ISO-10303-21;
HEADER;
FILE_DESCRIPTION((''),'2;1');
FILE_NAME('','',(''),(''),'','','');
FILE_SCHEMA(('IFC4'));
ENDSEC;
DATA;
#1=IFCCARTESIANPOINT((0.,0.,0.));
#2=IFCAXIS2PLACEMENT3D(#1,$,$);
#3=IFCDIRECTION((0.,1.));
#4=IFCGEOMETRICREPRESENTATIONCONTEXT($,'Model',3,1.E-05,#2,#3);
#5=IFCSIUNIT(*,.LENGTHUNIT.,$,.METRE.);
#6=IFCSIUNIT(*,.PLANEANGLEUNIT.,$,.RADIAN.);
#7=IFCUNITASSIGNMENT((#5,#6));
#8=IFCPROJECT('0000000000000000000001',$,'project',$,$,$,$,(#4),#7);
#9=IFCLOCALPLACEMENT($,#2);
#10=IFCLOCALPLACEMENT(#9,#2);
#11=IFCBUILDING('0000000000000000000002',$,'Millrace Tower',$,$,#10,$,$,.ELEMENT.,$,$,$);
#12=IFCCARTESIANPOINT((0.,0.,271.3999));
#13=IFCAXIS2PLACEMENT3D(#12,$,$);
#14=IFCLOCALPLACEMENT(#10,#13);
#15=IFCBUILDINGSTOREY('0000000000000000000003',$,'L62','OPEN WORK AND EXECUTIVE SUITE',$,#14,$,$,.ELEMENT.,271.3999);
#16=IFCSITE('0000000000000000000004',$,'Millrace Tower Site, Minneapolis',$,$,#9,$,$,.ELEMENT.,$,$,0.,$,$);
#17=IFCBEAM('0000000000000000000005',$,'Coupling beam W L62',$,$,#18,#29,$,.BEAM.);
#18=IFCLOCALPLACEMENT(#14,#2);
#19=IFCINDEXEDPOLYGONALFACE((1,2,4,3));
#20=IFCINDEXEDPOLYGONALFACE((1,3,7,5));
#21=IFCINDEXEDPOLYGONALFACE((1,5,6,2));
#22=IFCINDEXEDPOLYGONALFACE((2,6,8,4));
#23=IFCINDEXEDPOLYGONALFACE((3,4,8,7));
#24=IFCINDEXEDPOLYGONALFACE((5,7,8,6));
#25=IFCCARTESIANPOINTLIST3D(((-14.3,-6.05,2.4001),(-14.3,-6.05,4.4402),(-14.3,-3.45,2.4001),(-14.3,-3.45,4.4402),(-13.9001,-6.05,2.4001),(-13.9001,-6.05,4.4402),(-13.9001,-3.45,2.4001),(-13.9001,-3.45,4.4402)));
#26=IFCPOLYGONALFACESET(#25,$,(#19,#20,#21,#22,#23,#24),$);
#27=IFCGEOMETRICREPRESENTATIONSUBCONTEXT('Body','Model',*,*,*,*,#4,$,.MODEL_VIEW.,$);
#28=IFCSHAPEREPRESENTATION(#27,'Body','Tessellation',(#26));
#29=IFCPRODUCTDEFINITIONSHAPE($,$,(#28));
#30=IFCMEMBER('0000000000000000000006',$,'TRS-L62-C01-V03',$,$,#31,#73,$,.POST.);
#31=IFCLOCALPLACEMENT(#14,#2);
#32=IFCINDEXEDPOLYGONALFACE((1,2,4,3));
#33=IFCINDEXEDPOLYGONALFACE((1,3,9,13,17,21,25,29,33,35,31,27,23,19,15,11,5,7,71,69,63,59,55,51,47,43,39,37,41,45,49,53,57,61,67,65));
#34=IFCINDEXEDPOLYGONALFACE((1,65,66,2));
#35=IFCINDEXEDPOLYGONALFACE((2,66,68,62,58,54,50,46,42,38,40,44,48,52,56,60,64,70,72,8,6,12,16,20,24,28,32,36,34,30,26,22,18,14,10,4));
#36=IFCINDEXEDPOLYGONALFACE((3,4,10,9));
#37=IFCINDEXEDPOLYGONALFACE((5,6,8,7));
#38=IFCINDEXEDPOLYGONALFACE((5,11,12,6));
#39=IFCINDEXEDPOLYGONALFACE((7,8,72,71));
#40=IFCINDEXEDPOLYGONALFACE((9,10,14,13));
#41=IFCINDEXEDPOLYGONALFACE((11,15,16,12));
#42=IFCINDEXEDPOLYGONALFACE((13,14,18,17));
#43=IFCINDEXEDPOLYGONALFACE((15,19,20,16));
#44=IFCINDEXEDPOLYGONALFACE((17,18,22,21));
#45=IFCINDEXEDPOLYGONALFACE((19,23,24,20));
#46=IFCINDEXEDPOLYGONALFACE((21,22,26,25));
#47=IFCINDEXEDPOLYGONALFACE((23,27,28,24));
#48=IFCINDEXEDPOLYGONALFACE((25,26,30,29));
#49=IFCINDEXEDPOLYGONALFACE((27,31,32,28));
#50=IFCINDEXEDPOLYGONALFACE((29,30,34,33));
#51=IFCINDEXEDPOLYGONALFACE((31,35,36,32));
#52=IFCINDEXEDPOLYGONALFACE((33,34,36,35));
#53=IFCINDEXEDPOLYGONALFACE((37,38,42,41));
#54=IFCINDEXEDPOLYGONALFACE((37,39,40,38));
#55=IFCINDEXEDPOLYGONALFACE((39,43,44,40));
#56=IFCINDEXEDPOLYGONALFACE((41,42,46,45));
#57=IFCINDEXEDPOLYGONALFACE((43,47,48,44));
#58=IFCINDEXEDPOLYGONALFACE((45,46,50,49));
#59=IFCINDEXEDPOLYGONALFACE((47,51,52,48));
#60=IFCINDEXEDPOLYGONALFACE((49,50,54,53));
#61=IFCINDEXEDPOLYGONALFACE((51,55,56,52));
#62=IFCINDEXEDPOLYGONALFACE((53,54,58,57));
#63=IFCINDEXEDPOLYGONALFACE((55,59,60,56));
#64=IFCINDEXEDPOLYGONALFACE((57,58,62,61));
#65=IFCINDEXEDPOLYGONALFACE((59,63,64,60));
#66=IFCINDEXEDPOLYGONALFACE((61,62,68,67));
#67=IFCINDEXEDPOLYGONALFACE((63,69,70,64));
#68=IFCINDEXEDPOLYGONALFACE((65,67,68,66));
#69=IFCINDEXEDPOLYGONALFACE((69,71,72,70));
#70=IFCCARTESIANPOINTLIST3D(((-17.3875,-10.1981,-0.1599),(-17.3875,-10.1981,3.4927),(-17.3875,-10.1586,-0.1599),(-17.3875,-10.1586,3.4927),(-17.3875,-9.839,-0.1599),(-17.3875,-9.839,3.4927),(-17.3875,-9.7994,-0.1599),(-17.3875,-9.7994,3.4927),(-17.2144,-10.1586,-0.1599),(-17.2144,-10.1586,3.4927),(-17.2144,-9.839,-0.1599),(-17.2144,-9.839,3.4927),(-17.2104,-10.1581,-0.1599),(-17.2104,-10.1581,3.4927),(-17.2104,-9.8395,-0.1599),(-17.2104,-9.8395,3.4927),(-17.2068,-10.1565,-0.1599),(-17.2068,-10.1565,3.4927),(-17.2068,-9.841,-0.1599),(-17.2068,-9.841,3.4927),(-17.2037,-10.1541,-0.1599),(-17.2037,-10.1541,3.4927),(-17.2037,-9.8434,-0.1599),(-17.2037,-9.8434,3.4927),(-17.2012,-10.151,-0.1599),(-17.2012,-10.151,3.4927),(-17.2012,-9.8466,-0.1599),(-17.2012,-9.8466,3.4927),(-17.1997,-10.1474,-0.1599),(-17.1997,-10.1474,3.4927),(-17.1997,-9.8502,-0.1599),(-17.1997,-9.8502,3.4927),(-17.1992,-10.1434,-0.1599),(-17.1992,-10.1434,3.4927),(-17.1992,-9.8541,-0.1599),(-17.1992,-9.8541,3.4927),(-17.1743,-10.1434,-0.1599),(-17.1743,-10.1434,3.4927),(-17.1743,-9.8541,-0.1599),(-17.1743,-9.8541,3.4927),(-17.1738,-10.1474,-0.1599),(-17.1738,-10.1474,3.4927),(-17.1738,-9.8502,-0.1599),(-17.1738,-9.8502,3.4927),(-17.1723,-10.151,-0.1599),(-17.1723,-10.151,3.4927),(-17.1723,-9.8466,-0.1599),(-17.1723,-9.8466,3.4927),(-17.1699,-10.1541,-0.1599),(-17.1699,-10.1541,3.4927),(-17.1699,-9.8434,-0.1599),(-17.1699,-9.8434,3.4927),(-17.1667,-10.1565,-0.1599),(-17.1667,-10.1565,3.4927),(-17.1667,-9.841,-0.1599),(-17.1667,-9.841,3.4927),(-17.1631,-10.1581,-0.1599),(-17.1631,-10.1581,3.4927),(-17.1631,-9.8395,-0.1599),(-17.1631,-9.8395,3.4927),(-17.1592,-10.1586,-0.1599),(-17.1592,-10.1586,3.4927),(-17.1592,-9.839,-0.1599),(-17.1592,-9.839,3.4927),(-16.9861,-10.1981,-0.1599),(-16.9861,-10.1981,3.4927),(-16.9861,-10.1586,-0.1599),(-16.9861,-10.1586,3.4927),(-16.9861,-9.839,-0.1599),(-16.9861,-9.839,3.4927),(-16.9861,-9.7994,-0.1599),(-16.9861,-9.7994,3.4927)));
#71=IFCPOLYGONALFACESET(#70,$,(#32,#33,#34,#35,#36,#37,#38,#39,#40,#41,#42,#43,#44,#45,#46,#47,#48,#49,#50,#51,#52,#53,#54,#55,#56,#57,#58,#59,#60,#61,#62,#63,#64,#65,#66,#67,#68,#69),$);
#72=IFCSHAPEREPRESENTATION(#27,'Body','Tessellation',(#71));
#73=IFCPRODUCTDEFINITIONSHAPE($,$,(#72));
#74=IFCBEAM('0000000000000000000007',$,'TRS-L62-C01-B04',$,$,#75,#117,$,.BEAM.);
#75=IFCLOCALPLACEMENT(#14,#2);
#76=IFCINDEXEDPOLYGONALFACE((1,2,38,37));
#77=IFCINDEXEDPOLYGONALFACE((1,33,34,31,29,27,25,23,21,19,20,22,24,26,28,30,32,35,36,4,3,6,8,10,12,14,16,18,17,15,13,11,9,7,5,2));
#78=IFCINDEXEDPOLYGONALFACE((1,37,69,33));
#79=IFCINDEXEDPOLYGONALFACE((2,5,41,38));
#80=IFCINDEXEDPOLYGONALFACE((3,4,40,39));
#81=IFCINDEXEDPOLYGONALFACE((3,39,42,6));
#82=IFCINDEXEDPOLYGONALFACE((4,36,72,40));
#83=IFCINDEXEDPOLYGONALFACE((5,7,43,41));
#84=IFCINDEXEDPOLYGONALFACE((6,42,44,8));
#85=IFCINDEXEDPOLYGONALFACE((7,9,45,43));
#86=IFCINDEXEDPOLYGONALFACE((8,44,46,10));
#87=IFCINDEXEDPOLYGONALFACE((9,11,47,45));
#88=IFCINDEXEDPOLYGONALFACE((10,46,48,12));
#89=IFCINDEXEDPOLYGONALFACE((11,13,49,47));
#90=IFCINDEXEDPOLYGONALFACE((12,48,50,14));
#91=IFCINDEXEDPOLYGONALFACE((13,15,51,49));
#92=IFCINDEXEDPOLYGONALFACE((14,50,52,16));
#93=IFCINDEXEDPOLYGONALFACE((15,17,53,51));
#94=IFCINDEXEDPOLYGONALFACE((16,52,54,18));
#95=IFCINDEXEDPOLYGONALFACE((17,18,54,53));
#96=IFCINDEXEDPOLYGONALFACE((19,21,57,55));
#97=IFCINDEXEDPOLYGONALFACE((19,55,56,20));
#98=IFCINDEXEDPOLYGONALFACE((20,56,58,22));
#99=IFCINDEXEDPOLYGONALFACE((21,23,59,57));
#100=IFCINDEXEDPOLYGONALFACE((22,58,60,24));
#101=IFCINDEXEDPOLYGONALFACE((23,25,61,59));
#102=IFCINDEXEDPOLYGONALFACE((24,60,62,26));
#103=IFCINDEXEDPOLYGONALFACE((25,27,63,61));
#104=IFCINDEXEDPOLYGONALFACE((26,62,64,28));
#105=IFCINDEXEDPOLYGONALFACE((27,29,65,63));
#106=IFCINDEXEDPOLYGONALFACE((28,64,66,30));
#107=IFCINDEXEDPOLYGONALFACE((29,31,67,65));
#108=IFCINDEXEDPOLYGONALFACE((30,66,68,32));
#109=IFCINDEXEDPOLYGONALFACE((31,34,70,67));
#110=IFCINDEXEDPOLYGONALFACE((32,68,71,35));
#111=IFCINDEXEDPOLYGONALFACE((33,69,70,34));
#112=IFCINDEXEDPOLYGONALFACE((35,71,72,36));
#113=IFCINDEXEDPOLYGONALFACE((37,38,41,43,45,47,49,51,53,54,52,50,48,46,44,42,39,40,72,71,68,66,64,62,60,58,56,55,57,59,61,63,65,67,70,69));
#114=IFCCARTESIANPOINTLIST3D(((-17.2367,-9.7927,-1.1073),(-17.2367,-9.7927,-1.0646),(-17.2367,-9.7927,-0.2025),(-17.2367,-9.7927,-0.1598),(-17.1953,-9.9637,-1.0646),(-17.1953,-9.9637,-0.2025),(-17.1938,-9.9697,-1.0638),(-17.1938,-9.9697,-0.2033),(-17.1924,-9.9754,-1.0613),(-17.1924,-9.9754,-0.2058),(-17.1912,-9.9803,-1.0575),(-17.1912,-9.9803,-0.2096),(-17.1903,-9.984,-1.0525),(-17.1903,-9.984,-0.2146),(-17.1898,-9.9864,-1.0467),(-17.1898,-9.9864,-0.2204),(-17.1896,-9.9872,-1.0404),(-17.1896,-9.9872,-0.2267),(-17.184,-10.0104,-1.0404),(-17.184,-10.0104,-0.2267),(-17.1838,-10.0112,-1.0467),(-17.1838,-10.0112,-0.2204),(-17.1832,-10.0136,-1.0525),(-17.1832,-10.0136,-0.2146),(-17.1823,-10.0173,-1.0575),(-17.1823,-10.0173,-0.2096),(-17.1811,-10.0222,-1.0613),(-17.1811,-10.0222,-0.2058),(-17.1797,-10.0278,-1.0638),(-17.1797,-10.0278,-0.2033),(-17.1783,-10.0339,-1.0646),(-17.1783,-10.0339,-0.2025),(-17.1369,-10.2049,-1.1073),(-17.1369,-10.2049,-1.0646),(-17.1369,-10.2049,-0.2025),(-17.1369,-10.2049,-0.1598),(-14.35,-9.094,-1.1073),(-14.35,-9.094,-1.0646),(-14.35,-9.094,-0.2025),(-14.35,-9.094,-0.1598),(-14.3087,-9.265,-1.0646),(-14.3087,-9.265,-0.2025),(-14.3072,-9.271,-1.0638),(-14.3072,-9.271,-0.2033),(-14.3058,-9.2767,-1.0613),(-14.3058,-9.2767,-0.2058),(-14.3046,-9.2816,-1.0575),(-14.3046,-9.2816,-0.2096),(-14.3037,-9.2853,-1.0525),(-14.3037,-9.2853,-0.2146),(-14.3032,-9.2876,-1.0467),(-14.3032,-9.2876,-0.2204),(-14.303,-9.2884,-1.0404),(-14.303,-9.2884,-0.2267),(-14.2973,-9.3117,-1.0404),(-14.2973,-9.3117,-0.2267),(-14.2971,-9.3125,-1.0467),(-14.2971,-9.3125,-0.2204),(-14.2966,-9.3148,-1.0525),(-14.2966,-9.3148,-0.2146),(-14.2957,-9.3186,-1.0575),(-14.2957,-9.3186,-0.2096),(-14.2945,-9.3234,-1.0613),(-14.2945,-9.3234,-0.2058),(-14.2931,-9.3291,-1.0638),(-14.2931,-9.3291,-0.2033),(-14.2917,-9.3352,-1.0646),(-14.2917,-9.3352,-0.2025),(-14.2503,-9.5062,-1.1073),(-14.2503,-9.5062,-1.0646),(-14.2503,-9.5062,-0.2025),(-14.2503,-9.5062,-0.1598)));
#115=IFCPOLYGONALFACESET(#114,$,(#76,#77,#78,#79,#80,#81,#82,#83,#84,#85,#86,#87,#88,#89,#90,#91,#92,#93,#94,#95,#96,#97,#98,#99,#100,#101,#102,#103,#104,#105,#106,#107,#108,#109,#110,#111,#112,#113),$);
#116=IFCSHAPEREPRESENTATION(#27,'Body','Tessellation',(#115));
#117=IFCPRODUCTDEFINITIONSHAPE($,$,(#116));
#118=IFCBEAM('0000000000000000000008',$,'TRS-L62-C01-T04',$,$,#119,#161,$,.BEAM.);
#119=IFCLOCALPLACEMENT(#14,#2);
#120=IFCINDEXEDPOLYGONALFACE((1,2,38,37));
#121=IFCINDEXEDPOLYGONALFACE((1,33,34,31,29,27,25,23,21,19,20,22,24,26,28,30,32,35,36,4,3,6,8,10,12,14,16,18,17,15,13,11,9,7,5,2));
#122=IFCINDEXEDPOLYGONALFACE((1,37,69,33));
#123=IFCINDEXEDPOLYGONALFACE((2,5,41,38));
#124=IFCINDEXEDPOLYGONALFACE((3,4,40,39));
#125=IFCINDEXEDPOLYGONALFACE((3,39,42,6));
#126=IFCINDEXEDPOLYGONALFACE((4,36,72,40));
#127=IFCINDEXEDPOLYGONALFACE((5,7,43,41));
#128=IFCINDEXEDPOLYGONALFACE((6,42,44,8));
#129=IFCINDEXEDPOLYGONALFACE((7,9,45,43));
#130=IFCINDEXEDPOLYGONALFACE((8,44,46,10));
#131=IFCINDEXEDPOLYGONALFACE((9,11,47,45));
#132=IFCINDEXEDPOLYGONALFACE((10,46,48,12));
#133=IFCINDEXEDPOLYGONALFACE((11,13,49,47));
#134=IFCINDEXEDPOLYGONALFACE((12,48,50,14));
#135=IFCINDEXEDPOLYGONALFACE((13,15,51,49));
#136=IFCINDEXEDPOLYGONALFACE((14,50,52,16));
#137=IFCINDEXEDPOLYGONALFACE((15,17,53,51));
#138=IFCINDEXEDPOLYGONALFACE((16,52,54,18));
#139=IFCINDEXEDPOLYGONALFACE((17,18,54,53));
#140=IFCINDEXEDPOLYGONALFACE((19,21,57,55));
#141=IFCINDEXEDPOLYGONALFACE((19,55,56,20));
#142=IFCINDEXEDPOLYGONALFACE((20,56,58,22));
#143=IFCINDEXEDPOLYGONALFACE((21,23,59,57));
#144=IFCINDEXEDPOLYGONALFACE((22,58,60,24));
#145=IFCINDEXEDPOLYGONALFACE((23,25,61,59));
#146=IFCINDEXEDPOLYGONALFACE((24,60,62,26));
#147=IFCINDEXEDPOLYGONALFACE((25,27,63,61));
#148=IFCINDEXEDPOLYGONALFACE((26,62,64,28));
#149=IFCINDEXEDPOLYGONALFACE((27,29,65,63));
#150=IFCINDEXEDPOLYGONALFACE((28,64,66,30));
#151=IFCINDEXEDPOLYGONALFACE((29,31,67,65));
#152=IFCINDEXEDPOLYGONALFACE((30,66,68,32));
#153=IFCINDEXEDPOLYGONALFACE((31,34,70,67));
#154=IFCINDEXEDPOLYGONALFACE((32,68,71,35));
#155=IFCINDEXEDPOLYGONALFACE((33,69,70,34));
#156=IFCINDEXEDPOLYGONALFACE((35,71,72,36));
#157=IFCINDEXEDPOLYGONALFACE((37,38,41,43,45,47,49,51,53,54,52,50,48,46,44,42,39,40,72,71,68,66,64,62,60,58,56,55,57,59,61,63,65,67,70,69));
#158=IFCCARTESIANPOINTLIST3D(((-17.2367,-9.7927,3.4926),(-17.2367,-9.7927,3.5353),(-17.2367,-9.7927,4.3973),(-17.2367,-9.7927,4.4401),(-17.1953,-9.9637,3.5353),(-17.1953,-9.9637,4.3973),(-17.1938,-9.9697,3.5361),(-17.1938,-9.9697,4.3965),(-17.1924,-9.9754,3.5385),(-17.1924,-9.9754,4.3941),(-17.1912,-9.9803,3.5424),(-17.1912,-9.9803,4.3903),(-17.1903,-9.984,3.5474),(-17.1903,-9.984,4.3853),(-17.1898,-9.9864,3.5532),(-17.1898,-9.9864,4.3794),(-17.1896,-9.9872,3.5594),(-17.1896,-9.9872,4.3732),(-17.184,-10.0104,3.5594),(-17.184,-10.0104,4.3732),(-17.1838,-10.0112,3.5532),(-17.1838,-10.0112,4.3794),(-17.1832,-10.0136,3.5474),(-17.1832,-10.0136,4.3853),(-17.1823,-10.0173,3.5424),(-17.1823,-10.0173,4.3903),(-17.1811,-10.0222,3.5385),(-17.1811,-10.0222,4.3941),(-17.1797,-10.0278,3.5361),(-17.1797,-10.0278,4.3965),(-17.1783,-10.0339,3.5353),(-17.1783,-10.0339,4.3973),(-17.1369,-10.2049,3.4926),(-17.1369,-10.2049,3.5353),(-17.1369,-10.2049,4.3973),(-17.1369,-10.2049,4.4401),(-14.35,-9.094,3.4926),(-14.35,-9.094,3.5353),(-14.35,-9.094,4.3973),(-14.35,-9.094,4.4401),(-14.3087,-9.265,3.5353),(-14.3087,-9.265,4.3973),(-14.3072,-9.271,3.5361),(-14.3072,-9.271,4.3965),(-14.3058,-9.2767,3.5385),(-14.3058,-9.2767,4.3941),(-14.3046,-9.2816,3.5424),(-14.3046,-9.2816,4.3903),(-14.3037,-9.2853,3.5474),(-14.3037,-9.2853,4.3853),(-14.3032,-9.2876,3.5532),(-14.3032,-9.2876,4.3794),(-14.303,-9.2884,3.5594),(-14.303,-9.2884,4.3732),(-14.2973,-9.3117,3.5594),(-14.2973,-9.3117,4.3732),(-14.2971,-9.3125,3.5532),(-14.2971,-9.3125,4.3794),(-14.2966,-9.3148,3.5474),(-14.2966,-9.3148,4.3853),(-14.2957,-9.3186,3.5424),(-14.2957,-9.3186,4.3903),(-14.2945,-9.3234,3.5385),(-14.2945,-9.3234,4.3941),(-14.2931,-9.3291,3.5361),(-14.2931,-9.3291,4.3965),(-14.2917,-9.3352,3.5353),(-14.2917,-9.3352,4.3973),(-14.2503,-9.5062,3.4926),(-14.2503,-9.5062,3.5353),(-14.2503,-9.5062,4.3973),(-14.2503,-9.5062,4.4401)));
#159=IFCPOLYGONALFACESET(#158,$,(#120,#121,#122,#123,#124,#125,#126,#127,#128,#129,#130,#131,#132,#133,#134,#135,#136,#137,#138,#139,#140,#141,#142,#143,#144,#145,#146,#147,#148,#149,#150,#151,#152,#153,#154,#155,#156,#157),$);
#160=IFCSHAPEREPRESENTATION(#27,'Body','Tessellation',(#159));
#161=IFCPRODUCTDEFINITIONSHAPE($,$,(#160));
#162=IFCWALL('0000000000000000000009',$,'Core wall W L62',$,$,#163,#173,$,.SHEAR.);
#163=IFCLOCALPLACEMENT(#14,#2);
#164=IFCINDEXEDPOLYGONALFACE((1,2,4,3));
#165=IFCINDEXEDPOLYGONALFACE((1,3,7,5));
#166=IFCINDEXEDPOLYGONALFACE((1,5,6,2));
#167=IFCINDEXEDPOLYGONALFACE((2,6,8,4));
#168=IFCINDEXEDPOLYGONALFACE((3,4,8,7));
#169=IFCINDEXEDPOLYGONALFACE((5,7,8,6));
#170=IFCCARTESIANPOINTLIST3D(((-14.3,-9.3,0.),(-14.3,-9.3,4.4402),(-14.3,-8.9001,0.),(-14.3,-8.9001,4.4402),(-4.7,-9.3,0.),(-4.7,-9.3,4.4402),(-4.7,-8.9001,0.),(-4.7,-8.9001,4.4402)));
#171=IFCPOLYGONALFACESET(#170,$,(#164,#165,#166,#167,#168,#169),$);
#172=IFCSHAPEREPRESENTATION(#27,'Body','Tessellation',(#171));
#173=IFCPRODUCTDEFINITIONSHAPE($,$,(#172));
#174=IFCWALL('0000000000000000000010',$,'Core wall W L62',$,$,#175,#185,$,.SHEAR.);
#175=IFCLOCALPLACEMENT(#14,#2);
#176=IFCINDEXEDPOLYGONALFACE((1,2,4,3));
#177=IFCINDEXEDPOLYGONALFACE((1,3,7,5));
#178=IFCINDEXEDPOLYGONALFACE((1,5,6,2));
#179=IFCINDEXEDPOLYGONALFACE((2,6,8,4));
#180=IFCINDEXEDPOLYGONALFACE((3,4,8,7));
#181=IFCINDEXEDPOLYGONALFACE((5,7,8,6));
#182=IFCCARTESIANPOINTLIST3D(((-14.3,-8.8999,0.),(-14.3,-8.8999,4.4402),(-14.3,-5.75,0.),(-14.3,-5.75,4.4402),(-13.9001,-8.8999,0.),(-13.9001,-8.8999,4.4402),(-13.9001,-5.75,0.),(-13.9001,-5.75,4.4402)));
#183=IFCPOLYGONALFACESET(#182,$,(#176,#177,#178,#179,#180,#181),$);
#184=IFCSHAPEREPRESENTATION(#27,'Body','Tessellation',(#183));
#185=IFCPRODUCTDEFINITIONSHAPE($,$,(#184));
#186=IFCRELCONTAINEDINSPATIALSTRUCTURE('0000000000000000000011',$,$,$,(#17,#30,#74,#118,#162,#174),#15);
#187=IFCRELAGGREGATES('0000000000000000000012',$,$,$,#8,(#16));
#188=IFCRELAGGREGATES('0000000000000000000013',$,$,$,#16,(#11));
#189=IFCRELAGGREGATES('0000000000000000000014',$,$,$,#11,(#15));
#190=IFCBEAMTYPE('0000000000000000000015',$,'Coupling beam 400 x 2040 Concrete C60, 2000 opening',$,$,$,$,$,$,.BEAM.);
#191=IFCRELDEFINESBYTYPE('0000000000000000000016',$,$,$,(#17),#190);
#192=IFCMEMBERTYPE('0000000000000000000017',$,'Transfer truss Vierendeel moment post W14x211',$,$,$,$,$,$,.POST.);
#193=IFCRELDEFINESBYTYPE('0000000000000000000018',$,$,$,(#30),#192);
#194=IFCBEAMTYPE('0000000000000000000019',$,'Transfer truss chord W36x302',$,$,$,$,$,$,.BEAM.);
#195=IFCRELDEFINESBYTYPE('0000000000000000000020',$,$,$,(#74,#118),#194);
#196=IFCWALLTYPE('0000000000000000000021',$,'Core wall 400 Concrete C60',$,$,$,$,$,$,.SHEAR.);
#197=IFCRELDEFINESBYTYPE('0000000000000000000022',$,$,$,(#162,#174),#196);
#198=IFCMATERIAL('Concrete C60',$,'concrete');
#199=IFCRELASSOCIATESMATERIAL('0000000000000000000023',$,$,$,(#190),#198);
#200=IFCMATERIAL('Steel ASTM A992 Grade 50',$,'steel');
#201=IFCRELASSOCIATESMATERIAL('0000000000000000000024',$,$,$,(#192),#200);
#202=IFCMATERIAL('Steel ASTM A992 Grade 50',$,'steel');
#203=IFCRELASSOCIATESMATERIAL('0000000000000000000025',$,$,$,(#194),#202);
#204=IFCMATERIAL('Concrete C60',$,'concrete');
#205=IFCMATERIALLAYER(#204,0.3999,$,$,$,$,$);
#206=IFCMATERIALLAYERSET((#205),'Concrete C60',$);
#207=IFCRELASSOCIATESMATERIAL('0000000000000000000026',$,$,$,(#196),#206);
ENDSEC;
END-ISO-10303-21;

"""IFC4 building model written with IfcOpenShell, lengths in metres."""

from ifc_helpers import new_model, si_unit, direction, frame, frame_2d, origin, origin_2d, place, context, subcontext, project, spatial, rectangle, i_section, extrude, material, layer, layer_set, material_profile, profile_set, type_object, element, save


model = new_model("IFC4")

# Units and contexts
model_context = context("Model", 3, precision=1e-05, world=origin(), true_north=direction((0.0, 1.0)))
body_context = subcontext(model_context, "Body", "Model", "MODEL_VIEW")
ifc_project = project(units=[si_unit("LENGTHUNIT", "METRE"), si_unit("PLANEANGLEUNIT", "RADIAN")], contexts=[model_context])

# Site, building, storey
site_placement = place(None, origin())
site = spatial("IfcSite", under=ifc_project, at=site_placement, Name="Millrace Tower Site, Minneapolis", CompositionType="ELEMENT", RefElevation=0.0)
building_placement = place(site_placement, origin())
building = spatial("IfcBuilding", under=site, at=building_placement, Name="Millrace Tower", CompositionType="ELEMENT")
storey_placement = place(building_placement, frame((0.0, 0.0, 271.3999)))
storey = spatial("IfcBuildingStorey", under=building, at=storey_placement, Name="L62", Description="OPEN WORK AND EXECUTIVE SUITE", CompositionType="ELEMENT", Elevation=271.3999)

# Beam
ifc_material_1 = material(Name="Concrete C60", Category="concrete")
ifc_material_profile_1 = material_profile(ifc_material_1, rectangle(XDim=0.3999, YDim=2.04, at=origin_2d()))
ifc_profile_set_1 = profile_set([ifc_material_profile_1], Name="Concrete C60")
beam_type_1 = type_object("IfcBeamType", Name="Coupling beam 400 x 2040 Concrete C60, 2000 opening", PredefinedType="BEAM", material=ifc_profile_set_1)
beam_placement = place(storey_placement, frame((-14.1001, -6.05, 3.4202), z_axis=(0.0, 1.0, 0.0), x_axis=(-1.0, 0.0, 0.0)))
element("IfcBeam", 1, at=beam_placement, inside=storey, type_object=beam_type_1, Name="Coupling beam W L62", PredefinedType="BEAM", context=body_context, shape_type="SweptSolid", body=[
    extrude(rectangle(XDim=0.3999, YDim=2.04, at=origin_2d()), origin(), (0.0, 0.0, 1.0), 2.6001),
])

# Member
ifc_material_2 = material(Name="Steel ASTM A992 Grade 50", Category="steel")
ifc_material_profile_2 = material_profile(ifc_material_2, i_section(OverallWidth=0.4014, OverallDepth=0.3987, WebThickness=0.0249, FlangeThickness=0.0396, FilletRadius=0.0151, at=origin_2d()))
ifc_profile_set_2 = profile_set([ifc_material_profile_2], Name="Steel ASTM A992 Grade 50")
member_type = type_object("IfcMemberType", Name="Transfer truss Vierendeel moment post W14x211", PredefinedType="POST", material=ifc_profile_set_2)
member_placement = place(storey_placement, frame((-17.1868, -9.9988, -0.1599), z_axis=(0.0, 0.0, 1.0), x_axis=(1.0, 0.0, 0.0)))
element("IfcMember", 2, at=member_placement, inside=storey, type_object=member_type, Name="TRS-L62-C01-V03", PredefinedType="POST", context=body_context, shape_type="SweptSolid", body=[
    extrude(i_section(OverallWidth=0.4014, OverallDepth=0.3987, WebThickness=0.0249, FlangeThickness=0.0396, FilletRadius=0.0151, at=origin_2d()), origin(), (0.0, 0.0, 1.0), 3.6526),
])

# Beams
ifc_material_3 = material(Name="Steel ASTM A992 Grade 50", Category="steel")
ifc_material_profile_3 = material_profile(ifc_material_3, i_section(OverallWidth=0.4241, OverallDepth=0.9475, WebThickness=0.0239, FlangeThickness=0.0427, FilletRadius=0.0242, at=origin_2d()))
ifc_profile_set_3 = profile_set([ifc_material_profile_3], Name="Steel ASTM A992 Grade 50")
beam_type_2 = type_object("IfcBeamType", Name="Transfer truss chord W36x302", PredefinedType="BEAM", material=ifc_profile_set_3)
for number, where, z_axis, x_axis, name in (
    (3, (-17.1868, -9.9988, -0.6335), (0.971933, 0.235257, 0.0), (-0.235257, 0.971933, 0.0), "TRS-L62-C01-B04"),
    (4, (-17.1868, -9.9988, 3.9663), (0.971933, 0.235257, 0.0), (-0.235257, 0.971933, 0.0), "TRS-L62-C01-T04"),
):
    element("IfcBeam", number, at=place(storey_placement, frame(where, z_axis=z_axis, x_axis=x_axis)), inside=storey, type_object=beam_type_2, Name=name, PredefinedType="BEAM", context=body_context, shape_type="SweptSolid", body=[
        extrude(i_section(OverallWidth=0.4241, OverallDepth=0.9475, WebThickness=0.0239, FlangeThickness=0.0427, FilletRadius=0.0242, at=origin_2d()), origin(), (0.0, 0.0, 1.0), 2.97),
    ])

# Walls
ifc_material_4 = material(Name="Concrete C60", Category="concrete")
ifc_layer_1 = layer(ifc_material_4, 0.3999)
ifc_layer_set_1 = layer_set([ifc_layer_1], Name="Concrete C60")
wall_type_1 = type_object("IfcWallType", Name="Core wall 400 Concrete C60", PredefinedType="SHEAR", material=ifc_layer_set_1)
wall_1_placement = place(storey_placement, frame((-14.3, -9.1001, 0.0), z_axis=(0.0, 0.0, 1.0), x_axis=(1.0, 0.0, 0.0)))
element("IfcWall", 5, at=wall_1_placement, inside=storey, type_object=wall_type_1, Name="Core wall W L62", PredefinedType="SHEAR", context=body_context, shape_type="SweptSolid", body=[
    extrude(rectangle(XDim=9.6001, YDim=0.3999, at=frame_2d((4.8, 0.0))), origin(), (0.0, 0.0, 1.0), 4.4402),
])
wall_2_placement = place(storey_placement, frame((-14.1001, -8.8999, 0.0), z_axis=(0.0, 0.0, 1.0), x_axis=(0.0, 1.0, 0.0)))
element("IfcWall", 6, at=wall_2_placement, inside=storey, type_object=wall_type_1, Name="Core wall W L62", PredefinedType="SHEAR", context=body_context, shape_type="SweptSolid", body=[
    extrude(rectangle(XDim=3.1499, YDim=0.3999, at=frame_2d((1.575, 0.0))), origin(), (0.0, 0.0, 1.0), 4.4402),
])

save(model, "model.ifc")
